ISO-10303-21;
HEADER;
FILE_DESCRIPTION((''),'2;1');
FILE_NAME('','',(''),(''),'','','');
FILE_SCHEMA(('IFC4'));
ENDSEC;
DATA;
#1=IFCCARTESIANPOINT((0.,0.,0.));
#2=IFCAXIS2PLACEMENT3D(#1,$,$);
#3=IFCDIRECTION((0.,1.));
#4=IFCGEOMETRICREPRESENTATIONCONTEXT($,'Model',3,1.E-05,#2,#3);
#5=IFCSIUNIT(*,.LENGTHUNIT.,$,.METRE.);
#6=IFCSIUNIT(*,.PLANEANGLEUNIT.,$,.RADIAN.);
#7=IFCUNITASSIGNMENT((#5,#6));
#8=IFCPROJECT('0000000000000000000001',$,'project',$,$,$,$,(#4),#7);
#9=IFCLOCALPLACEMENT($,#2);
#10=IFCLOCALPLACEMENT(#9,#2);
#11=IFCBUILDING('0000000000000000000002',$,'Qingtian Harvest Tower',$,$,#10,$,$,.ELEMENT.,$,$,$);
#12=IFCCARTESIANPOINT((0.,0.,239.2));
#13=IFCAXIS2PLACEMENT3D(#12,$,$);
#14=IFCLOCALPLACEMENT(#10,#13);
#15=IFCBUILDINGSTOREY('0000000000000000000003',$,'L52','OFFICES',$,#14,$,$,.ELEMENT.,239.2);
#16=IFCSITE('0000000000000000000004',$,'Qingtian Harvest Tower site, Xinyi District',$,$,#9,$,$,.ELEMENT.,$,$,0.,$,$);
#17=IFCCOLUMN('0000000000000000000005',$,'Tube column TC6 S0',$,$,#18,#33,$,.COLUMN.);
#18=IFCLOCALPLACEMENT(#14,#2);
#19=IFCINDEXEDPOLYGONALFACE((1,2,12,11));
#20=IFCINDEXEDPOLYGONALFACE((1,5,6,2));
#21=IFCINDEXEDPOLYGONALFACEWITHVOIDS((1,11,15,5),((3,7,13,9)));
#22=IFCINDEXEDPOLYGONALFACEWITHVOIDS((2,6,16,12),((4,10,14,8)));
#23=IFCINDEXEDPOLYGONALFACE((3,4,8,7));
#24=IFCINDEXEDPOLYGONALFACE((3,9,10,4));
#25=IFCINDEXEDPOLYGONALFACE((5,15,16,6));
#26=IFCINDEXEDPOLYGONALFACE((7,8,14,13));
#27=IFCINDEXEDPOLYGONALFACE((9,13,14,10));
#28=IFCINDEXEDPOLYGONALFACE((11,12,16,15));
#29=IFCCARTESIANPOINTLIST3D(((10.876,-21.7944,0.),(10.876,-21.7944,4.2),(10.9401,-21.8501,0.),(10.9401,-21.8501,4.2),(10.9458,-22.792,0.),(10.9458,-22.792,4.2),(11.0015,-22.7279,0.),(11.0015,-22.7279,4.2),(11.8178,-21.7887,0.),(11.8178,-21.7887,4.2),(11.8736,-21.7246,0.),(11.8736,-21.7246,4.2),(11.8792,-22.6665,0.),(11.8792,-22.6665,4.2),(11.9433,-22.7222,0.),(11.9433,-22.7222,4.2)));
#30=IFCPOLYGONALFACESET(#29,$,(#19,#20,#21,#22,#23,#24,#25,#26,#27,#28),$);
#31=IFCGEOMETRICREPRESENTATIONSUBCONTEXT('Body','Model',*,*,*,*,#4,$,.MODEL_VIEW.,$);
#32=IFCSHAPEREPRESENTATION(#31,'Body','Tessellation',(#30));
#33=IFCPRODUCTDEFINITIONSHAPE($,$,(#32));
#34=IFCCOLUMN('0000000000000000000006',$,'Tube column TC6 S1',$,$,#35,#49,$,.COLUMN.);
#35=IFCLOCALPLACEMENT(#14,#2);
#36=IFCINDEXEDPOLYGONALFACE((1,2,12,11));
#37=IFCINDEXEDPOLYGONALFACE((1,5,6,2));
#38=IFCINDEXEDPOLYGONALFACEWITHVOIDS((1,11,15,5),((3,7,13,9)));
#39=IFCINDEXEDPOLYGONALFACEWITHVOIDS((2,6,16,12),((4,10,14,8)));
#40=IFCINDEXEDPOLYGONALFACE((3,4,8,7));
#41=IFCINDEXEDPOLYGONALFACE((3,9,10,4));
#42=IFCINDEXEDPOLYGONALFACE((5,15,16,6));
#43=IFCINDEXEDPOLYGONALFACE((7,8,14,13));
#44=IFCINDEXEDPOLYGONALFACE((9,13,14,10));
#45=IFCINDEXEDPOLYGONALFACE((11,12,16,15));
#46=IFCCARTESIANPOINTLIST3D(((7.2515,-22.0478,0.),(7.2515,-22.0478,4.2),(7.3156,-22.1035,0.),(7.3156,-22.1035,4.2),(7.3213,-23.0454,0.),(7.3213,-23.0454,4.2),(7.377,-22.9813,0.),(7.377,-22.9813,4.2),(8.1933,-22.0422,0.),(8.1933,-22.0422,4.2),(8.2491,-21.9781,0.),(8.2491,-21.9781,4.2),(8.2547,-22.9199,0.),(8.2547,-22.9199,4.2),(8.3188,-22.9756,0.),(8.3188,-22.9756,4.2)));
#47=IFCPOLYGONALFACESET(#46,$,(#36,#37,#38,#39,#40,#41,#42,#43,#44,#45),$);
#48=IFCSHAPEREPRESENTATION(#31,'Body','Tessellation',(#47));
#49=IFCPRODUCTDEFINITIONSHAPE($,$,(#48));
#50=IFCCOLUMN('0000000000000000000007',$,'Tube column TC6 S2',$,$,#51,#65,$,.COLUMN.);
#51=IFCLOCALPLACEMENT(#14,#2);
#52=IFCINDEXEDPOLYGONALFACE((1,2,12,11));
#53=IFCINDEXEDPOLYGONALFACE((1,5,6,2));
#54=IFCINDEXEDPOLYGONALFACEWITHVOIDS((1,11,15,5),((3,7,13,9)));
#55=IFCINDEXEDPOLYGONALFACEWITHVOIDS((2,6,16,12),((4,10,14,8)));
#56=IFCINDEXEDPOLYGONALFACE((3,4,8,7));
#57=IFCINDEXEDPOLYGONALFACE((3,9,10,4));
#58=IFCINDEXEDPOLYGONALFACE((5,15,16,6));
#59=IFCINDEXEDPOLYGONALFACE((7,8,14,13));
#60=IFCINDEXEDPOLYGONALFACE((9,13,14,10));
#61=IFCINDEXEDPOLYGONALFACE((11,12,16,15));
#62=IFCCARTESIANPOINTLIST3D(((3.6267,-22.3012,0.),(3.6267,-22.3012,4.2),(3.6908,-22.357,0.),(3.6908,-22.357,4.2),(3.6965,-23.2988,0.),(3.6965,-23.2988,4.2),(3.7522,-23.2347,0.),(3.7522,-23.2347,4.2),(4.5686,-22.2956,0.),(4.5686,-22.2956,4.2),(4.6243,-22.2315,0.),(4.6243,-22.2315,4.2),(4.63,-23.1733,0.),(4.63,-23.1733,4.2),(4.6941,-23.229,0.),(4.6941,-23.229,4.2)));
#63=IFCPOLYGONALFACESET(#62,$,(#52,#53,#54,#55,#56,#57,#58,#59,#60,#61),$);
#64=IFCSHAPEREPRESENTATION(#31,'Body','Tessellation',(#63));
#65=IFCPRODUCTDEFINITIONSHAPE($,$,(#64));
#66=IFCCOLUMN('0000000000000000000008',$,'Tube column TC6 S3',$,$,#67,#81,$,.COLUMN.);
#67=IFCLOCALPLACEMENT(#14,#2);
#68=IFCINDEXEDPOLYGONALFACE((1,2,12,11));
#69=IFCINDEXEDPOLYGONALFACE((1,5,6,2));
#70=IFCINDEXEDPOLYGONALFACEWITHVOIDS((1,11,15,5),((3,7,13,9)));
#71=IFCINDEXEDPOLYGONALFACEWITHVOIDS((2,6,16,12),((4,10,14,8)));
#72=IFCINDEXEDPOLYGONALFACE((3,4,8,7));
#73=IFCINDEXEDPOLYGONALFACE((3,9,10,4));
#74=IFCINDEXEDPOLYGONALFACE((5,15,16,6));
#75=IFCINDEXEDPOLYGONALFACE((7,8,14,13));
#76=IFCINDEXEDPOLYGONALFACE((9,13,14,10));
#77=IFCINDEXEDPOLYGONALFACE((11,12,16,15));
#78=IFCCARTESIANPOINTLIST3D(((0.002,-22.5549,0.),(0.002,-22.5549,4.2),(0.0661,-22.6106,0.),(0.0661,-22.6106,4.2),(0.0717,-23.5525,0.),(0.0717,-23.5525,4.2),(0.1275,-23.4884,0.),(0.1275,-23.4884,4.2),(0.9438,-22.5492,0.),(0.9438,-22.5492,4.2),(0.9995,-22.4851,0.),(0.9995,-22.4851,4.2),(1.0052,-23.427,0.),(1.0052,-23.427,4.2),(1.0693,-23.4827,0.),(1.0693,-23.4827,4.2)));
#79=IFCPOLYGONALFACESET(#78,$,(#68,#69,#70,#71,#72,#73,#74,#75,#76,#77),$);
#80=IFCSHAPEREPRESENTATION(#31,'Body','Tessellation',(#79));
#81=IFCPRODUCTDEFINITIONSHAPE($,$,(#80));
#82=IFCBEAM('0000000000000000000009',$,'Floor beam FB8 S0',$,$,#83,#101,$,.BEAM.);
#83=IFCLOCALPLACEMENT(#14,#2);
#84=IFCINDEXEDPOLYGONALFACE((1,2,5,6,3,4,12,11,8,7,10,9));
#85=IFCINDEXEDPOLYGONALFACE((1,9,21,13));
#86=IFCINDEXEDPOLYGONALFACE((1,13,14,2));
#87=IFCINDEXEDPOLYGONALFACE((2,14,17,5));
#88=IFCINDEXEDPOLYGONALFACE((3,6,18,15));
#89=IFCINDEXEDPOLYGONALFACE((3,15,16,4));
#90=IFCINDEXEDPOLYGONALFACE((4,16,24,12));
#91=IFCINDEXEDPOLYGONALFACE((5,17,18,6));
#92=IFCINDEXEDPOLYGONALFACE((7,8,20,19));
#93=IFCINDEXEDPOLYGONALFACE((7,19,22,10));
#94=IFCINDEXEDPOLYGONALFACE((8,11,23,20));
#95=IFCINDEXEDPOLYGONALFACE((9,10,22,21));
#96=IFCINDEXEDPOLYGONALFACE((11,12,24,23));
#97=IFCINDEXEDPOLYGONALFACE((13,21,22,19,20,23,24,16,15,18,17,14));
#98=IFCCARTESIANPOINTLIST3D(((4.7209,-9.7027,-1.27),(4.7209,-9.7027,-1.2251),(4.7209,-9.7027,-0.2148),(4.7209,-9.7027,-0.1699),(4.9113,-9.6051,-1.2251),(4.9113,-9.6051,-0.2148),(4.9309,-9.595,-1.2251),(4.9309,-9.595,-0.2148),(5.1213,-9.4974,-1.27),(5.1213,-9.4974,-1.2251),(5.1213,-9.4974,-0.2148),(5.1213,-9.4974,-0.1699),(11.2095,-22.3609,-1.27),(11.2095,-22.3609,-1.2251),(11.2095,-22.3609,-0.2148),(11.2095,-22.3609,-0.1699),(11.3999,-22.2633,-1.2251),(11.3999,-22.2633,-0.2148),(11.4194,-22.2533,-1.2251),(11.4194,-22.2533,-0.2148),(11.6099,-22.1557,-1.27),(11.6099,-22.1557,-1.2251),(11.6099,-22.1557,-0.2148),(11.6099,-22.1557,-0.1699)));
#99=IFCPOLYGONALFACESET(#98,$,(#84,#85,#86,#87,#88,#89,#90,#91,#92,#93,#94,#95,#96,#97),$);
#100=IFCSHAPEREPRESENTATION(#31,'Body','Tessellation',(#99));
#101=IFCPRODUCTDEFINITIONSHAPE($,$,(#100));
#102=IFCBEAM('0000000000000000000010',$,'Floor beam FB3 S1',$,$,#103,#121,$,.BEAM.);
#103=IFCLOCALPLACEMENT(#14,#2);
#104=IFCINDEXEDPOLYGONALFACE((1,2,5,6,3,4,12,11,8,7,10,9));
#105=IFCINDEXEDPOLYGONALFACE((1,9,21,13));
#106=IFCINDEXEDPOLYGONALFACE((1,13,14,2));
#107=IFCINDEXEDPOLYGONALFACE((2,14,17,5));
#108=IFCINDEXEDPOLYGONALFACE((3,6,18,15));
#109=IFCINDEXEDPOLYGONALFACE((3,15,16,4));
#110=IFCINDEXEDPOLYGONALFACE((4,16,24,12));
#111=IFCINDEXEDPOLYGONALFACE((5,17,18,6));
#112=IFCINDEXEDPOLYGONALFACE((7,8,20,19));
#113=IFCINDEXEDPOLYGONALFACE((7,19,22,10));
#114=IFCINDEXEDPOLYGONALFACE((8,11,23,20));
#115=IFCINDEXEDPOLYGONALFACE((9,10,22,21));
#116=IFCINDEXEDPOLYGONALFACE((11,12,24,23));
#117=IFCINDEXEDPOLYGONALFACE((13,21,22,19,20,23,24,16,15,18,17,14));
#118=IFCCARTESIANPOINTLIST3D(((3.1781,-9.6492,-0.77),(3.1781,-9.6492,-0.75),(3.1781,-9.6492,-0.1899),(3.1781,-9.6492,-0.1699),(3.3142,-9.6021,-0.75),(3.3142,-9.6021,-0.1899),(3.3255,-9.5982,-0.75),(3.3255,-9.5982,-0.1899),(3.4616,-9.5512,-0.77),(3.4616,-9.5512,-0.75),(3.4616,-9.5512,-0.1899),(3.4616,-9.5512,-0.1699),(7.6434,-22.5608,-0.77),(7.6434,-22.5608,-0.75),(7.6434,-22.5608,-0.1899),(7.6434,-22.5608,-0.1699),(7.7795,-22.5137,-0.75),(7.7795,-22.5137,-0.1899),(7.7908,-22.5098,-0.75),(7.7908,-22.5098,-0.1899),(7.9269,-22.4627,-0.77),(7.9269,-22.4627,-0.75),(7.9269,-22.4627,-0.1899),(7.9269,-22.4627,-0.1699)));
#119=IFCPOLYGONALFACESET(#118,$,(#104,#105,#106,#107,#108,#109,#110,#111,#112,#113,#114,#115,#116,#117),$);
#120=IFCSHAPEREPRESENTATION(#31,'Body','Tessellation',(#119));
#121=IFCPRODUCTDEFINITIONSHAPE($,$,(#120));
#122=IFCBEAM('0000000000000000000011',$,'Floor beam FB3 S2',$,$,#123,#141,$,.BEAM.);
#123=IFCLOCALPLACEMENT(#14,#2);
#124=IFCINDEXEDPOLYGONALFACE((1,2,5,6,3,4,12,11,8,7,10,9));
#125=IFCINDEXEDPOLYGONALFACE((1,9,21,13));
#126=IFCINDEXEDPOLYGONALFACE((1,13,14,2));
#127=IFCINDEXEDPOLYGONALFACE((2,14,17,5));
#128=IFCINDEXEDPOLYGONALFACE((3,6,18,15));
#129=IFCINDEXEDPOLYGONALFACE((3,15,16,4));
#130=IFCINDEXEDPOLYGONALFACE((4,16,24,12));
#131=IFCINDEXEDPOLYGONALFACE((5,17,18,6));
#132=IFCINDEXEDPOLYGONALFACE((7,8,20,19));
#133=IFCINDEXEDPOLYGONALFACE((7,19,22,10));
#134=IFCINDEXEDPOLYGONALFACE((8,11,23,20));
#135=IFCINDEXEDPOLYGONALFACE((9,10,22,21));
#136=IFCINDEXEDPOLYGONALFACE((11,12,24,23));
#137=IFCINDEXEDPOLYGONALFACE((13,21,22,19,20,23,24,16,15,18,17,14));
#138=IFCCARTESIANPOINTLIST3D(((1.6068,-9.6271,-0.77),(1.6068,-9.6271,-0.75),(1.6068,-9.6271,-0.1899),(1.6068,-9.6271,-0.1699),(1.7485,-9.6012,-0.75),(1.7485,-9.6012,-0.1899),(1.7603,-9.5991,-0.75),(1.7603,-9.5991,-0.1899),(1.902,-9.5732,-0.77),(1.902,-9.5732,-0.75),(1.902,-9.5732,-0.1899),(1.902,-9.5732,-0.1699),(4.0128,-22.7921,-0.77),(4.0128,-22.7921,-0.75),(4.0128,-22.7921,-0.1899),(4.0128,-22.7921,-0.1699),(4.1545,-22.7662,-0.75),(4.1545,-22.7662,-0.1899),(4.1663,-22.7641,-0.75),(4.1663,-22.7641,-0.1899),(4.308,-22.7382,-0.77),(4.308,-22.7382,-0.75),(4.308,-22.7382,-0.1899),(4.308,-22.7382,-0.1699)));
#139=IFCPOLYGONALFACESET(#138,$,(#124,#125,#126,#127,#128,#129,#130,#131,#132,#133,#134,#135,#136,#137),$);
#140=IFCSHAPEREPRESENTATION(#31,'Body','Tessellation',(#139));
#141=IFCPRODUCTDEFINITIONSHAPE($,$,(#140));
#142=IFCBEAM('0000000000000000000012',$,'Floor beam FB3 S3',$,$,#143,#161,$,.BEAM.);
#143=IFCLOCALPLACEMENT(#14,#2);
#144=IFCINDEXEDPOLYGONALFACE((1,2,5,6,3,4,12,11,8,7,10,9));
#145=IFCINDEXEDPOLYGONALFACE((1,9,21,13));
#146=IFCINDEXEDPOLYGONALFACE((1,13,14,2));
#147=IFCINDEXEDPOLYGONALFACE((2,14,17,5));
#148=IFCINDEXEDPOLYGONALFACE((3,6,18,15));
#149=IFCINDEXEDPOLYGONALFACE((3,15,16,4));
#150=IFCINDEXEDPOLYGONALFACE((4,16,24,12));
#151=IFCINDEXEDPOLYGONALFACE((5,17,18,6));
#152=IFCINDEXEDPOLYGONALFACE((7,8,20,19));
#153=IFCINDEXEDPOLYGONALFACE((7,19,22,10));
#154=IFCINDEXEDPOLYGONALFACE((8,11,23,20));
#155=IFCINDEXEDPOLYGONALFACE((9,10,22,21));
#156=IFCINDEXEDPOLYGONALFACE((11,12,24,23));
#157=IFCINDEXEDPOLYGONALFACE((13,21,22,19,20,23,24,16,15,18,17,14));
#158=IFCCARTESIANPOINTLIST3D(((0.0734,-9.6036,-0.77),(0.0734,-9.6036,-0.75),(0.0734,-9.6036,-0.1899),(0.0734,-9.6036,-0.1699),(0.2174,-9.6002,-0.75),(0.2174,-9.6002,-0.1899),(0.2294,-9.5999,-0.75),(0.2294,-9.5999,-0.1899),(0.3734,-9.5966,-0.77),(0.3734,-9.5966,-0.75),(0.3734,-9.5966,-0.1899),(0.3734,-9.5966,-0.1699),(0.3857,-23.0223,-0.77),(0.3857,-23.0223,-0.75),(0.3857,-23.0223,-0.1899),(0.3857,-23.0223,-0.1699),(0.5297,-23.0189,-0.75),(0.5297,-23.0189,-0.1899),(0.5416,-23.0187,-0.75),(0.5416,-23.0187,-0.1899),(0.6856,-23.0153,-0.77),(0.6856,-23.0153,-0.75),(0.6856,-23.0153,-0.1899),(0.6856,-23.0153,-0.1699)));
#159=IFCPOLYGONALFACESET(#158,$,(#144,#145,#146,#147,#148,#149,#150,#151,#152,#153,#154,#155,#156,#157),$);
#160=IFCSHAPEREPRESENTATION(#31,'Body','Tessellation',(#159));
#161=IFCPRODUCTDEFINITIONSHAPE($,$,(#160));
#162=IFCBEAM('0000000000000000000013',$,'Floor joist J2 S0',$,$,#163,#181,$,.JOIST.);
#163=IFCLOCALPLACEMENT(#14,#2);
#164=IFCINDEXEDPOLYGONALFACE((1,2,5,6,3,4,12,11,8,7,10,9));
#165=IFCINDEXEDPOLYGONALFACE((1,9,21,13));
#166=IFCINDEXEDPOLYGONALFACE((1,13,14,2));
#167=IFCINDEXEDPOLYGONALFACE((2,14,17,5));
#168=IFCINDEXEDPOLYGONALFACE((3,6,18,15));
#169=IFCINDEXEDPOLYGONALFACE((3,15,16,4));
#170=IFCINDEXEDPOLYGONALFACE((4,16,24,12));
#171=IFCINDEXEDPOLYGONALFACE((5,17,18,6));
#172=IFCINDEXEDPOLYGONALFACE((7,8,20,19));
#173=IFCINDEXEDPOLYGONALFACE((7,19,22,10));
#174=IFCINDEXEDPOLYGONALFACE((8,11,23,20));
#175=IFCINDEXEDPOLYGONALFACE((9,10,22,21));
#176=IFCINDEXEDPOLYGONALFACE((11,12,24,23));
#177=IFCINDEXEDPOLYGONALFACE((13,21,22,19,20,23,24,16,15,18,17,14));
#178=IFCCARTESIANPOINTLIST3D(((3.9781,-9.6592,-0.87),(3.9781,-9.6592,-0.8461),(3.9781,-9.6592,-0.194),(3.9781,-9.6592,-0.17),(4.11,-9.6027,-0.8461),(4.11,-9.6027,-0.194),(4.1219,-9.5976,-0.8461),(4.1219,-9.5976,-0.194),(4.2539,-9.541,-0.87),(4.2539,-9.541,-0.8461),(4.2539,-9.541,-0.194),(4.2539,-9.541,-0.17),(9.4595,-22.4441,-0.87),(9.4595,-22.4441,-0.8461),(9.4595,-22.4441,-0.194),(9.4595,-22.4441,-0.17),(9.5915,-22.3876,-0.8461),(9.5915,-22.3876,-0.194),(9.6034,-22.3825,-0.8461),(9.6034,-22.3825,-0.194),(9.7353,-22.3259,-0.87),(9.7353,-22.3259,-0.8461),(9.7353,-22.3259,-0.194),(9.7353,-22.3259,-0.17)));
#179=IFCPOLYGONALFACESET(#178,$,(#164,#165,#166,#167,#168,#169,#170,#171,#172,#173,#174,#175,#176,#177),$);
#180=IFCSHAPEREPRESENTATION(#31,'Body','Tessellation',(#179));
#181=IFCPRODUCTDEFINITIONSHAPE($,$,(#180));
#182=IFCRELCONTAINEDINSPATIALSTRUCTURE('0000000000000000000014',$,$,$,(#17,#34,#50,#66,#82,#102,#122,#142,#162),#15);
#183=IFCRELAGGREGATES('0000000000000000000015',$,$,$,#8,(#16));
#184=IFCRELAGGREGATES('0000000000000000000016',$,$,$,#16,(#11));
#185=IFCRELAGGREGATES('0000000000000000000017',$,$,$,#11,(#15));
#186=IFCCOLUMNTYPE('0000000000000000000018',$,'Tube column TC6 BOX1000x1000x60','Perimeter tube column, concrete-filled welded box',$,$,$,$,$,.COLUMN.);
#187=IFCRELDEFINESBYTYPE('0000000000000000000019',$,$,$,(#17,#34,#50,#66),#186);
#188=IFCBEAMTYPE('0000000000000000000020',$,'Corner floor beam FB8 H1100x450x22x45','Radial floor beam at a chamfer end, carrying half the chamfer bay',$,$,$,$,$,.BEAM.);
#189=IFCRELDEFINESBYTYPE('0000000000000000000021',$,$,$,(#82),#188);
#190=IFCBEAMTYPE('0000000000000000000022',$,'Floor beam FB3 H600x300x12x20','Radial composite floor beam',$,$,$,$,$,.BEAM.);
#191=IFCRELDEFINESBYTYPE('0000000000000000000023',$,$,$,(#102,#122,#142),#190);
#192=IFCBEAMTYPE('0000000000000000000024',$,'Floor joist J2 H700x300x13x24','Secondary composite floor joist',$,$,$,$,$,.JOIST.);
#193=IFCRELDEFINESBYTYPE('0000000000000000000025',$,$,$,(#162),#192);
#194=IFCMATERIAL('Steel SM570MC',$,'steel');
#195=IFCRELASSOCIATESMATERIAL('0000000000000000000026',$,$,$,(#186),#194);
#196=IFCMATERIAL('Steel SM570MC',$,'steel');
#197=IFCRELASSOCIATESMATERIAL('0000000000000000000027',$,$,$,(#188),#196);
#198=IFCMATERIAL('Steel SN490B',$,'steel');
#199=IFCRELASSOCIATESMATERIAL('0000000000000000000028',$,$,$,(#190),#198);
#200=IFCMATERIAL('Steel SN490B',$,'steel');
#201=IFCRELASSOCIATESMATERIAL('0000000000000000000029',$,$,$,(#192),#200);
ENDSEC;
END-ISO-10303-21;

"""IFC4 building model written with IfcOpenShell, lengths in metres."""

from ifc_helpers import new_model, si_unit, direction, frame, origin, origin_2d, place, context, subcontext, project, spatial, hollow_rectangle, i_section, extrude, material, material_profile, profile_set, type_object, element, save


model = new_model("IFC4")

# Units and contexts
model_context = context("Model", 3, precision=1e-05, world=origin(), true_north=direction((0.0, 1.0)))
body_context = subcontext(model_context, "Body", "Model", "MODEL_VIEW")
ifc_project = project(units=[si_unit("LENGTHUNIT", "METRE"), si_unit("PLANEANGLEUNIT", "RADIAN")], contexts=[model_context])

# Site, building, storey
site_placement = place(None, origin())
site = spatial("IfcSite", under=ifc_project, at=site_placement, Name="Qingtian Harvest Tower site, Xinyi District", CompositionType="ELEMENT", RefElevation=0.0)
building_placement = place(site_placement, origin())
building = spatial("IfcBuilding", under=site, at=building_placement, Name="Qingtian Harvest Tower", CompositionType="ELEMENT")
storey_placement = place(building_placement, frame((0.0, 0.0, 239.2)))
storey = spatial("IfcBuildingStorey", under=building, at=storey_placement, Name="L52", Description="OFFICES", CompositionType="ELEMENT", Elevation=239.2)

# Columns
ifc_material_1 = material(Name="Steel SM570MC", Category="steel")
ifc_material_profile_1 = material_profile(ifc_material_1, hollow_rectangle(XDim=1.0, YDim=1.0, WallThickness=0.0601, at=origin_2d()), Name="BOX1000x1000x60")
ifc_profile_set_1 = profile_set([ifc_material_profile_1], Name="Steel SM570MC")
column_type = type_object("IfcColumnType", Name="Tube column TC6 BOX1000x1000x60", Description="Perimeter tube column, concrete-filled welded box", PredefinedType="COLUMN", material=ifc_profile_set_1)
for number, where, z_axis, x_axis, name in (
    (1, (11.4097, -22.2583, 0.0), (0.0, 0.0, 1.0), (0.997564, 0.069756, 0.0), "Tube column TC6 S0"),
    (2, (7.7852, -22.5117, 0.0), (0.0, 0.0, 1.0), (0.997564, 0.069756, 0.0), "Tube column TC6 S1"),
    (3, (4.1604, -22.7651, 0.0), (0.0, 0.0, 1.0), (0.997564, 0.069756, 0.0), "Tube column TC6 S2"),
    (4, (0.5356, -23.0188, 0.0), (0.0, 0.0, 1.0), (0.997564, 0.069756, 0.0), "Tube column TC6 S3"),
):
    element("IfcColumn", number, at=place(storey_placement, frame(where, z_axis=z_axis, x_axis=x_axis)), inside=storey, type_object=column_type, Name=name, PredefinedType="COLUMN", context=body_context, shape_type="SweptSolid", body=[
        extrude(hollow_rectangle(XDim=1.0, YDim=1.0, WallThickness=0.0601, at=origin_2d()), origin(), (0.0, 0.0, 1.0), 4.2),
    ])

# Beams
ifc_material_2 = material(Name="Steel SM570MC", Category="steel")
ifc_material_profile_2 = material_profile(ifc_material_2, i_section(OverallWidth=0.45, OverallDepth=1.1001, WebThickness=0.022, FlangeThickness=0.0449, at=origin_2d()), Name="H1100x450x22x45")
ifc_profile_set_2 = profile_set([ifc_material_profile_2], Name="Steel SM570MC")
beam_type_1 = type_object("IfcBeamType", Name="Corner floor beam FB8 H1100x450x22x45", Description="Radial floor beam at a chamfer end, carrying half the chamfer bay", PredefinedType="BEAM", material=ifc_profile_set_2)
beam_1_placement = place(storey_placement, frame((11.4097, -22.2583, -0.72), z_axis=(-0.456157, 0.889899, 0.0), x_axis=(-0.889899, -0.456157, 0.0)))
element("IfcBeam", 5, at=beam_1_placement, inside=storey, type_object=beam_type_1, Name="Floor beam FB8 S0", PredefinedType="BEAM", context=body_context, shape_type="SweptSolid", body=[
    extrude(i_section(OverallWidth=0.45, OverallDepth=1.1001, WebThickness=0.022, FlangeThickness=0.0449, at=origin_2d()), origin(), (0.0, 0.0, 1.0), 14.2244),
])
ifc_material_3 = material(Name="Steel SN490B", Category="steel")
ifc_material_profile_3 = material_profile(ifc_material_3, i_section(OverallWidth=0.3, OverallDepth=0.6001, WebThickness=0.012, FlangeThickness=0.02, at=origin_2d()), Name="H600x300x12x20")
ifc_profile_set_3 = profile_set([ifc_material_profile_3], Name="Steel SN490B")
beam_type_2 = type_object("IfcBeamType", Name="Floor beam FB3 H600x300x12x20", Description="Radial composite floor beam", PredefinedType="BEAM", material=ifc_profile_set_3)
beam_2_placement = place(storey_placement, frame((7.7852, -22.5117, -0.47), z_axis=(-0.326844, 0.945078, 0.0), x_axis=(-0.945078, -0.326844, 0.0)))
element("IfcBeam", 6, at=beam_2_placement, inside=storey, type_object=beam_type_2, Name="Floor beam FB3 S1", PredefinedType="BEAM", context=body_context, shape_type="SweptSolid", body=[
    extrude(i_section(OverallWidth=0.3, OverallDepth=0.6001, WebThickness=0.012, FlangeThickness=0.02, at=origin_2d()), origin(), (0.0, 0.0, 1.0), 13.6619),
])
beam_3_placement = place(storey_placement, frame((4.1604, -22.7651, -0.47), z_axis=(-0.17978, 0.983707, 0.0), x_axis=(-0.983707, -0.17978, 0.0)))
element("IfcBeam", 7, at=beam_3_placement, inside=storey, type_object=beam_type_2, Name="Floor beam FB3 S2", PredefinedType="BEAM", context=body_context, shape_type="SweptSolid", body=[
    extrude(i_section(OverallWidth=0.3, OverallDepth=0.6001, WebThickness=0.012, FlangeThickness=0.02, at=origin_2d()), origin(), (0.0, 0.0, 1.0), 13.3831),
])
beam_4_placement = place(storey_placement, frame((0.5356, -23.0188, -0.47), z_axis=(-0.023264, 0.999729, 0.0), x_axis=(-0.999729, -0.023264, 0.0)))
element("IfcBeam", 8, at=beam_4_placement, inside=storey, type_object=beam_type_2, Name="Floor beam FB3 S3", PredefinedType="BEAM", context=body_context, shape_type="SweptSolid", body=[
    extrude(i_section(OverallWidth=0.3, OverallDepth=0.6001, WebThickness=0.012, FlangeThickness=0.02, at=origin_2d()), origin(), (0.0, 0.0, 1.0), 13.4224),
])
ifc_material_4 = material(Name="Steel SN490B", Category="steel")
ifc_material_profile_4 = material_profile(ifc_material_4, i_section(OverallWidth=0.3, OverallDepth=0.7, WebThickness=0.0129, FlangeThickness=0.0239, at=origin_2d()), Name="H700x300x13x24")
ifc_profile_set_4 = profile_set([ifc_material_profile_4], Name="Steel SN490B")
beam_type_3 = type_object("IfcBeamType", Name="Floor joist J2 H700x300x13x24", Description="Secondary composite floor joist", PredefinedType="JOIST", material=ifc_profile_set_4)
beam_5_placement = place(storey_placement, frame((9.5974, -22.385, -0.52), z_axis=(-0.394053, 0.919088, 0.0), x_axis=(-0.919088, -0.394053, 0.0)))
element("IfcBeam", 9, at=beam_5_placement, inside=storey, type_object=beam_type_3, Name="Floor joist J2 S0", PredefinedType="JOIST", context=body_context, shape_type="SweptSolid", body=[
    extrude(i_section(OverallWidth=0.3, OverallDepth=0.7, WebThickness=0.0129, FlangeThickness=0.0239, at=origin_2d()), origin(), (0.0, 0.0, 1.0), 13.9104),
])

save(model, "model.ifc")
